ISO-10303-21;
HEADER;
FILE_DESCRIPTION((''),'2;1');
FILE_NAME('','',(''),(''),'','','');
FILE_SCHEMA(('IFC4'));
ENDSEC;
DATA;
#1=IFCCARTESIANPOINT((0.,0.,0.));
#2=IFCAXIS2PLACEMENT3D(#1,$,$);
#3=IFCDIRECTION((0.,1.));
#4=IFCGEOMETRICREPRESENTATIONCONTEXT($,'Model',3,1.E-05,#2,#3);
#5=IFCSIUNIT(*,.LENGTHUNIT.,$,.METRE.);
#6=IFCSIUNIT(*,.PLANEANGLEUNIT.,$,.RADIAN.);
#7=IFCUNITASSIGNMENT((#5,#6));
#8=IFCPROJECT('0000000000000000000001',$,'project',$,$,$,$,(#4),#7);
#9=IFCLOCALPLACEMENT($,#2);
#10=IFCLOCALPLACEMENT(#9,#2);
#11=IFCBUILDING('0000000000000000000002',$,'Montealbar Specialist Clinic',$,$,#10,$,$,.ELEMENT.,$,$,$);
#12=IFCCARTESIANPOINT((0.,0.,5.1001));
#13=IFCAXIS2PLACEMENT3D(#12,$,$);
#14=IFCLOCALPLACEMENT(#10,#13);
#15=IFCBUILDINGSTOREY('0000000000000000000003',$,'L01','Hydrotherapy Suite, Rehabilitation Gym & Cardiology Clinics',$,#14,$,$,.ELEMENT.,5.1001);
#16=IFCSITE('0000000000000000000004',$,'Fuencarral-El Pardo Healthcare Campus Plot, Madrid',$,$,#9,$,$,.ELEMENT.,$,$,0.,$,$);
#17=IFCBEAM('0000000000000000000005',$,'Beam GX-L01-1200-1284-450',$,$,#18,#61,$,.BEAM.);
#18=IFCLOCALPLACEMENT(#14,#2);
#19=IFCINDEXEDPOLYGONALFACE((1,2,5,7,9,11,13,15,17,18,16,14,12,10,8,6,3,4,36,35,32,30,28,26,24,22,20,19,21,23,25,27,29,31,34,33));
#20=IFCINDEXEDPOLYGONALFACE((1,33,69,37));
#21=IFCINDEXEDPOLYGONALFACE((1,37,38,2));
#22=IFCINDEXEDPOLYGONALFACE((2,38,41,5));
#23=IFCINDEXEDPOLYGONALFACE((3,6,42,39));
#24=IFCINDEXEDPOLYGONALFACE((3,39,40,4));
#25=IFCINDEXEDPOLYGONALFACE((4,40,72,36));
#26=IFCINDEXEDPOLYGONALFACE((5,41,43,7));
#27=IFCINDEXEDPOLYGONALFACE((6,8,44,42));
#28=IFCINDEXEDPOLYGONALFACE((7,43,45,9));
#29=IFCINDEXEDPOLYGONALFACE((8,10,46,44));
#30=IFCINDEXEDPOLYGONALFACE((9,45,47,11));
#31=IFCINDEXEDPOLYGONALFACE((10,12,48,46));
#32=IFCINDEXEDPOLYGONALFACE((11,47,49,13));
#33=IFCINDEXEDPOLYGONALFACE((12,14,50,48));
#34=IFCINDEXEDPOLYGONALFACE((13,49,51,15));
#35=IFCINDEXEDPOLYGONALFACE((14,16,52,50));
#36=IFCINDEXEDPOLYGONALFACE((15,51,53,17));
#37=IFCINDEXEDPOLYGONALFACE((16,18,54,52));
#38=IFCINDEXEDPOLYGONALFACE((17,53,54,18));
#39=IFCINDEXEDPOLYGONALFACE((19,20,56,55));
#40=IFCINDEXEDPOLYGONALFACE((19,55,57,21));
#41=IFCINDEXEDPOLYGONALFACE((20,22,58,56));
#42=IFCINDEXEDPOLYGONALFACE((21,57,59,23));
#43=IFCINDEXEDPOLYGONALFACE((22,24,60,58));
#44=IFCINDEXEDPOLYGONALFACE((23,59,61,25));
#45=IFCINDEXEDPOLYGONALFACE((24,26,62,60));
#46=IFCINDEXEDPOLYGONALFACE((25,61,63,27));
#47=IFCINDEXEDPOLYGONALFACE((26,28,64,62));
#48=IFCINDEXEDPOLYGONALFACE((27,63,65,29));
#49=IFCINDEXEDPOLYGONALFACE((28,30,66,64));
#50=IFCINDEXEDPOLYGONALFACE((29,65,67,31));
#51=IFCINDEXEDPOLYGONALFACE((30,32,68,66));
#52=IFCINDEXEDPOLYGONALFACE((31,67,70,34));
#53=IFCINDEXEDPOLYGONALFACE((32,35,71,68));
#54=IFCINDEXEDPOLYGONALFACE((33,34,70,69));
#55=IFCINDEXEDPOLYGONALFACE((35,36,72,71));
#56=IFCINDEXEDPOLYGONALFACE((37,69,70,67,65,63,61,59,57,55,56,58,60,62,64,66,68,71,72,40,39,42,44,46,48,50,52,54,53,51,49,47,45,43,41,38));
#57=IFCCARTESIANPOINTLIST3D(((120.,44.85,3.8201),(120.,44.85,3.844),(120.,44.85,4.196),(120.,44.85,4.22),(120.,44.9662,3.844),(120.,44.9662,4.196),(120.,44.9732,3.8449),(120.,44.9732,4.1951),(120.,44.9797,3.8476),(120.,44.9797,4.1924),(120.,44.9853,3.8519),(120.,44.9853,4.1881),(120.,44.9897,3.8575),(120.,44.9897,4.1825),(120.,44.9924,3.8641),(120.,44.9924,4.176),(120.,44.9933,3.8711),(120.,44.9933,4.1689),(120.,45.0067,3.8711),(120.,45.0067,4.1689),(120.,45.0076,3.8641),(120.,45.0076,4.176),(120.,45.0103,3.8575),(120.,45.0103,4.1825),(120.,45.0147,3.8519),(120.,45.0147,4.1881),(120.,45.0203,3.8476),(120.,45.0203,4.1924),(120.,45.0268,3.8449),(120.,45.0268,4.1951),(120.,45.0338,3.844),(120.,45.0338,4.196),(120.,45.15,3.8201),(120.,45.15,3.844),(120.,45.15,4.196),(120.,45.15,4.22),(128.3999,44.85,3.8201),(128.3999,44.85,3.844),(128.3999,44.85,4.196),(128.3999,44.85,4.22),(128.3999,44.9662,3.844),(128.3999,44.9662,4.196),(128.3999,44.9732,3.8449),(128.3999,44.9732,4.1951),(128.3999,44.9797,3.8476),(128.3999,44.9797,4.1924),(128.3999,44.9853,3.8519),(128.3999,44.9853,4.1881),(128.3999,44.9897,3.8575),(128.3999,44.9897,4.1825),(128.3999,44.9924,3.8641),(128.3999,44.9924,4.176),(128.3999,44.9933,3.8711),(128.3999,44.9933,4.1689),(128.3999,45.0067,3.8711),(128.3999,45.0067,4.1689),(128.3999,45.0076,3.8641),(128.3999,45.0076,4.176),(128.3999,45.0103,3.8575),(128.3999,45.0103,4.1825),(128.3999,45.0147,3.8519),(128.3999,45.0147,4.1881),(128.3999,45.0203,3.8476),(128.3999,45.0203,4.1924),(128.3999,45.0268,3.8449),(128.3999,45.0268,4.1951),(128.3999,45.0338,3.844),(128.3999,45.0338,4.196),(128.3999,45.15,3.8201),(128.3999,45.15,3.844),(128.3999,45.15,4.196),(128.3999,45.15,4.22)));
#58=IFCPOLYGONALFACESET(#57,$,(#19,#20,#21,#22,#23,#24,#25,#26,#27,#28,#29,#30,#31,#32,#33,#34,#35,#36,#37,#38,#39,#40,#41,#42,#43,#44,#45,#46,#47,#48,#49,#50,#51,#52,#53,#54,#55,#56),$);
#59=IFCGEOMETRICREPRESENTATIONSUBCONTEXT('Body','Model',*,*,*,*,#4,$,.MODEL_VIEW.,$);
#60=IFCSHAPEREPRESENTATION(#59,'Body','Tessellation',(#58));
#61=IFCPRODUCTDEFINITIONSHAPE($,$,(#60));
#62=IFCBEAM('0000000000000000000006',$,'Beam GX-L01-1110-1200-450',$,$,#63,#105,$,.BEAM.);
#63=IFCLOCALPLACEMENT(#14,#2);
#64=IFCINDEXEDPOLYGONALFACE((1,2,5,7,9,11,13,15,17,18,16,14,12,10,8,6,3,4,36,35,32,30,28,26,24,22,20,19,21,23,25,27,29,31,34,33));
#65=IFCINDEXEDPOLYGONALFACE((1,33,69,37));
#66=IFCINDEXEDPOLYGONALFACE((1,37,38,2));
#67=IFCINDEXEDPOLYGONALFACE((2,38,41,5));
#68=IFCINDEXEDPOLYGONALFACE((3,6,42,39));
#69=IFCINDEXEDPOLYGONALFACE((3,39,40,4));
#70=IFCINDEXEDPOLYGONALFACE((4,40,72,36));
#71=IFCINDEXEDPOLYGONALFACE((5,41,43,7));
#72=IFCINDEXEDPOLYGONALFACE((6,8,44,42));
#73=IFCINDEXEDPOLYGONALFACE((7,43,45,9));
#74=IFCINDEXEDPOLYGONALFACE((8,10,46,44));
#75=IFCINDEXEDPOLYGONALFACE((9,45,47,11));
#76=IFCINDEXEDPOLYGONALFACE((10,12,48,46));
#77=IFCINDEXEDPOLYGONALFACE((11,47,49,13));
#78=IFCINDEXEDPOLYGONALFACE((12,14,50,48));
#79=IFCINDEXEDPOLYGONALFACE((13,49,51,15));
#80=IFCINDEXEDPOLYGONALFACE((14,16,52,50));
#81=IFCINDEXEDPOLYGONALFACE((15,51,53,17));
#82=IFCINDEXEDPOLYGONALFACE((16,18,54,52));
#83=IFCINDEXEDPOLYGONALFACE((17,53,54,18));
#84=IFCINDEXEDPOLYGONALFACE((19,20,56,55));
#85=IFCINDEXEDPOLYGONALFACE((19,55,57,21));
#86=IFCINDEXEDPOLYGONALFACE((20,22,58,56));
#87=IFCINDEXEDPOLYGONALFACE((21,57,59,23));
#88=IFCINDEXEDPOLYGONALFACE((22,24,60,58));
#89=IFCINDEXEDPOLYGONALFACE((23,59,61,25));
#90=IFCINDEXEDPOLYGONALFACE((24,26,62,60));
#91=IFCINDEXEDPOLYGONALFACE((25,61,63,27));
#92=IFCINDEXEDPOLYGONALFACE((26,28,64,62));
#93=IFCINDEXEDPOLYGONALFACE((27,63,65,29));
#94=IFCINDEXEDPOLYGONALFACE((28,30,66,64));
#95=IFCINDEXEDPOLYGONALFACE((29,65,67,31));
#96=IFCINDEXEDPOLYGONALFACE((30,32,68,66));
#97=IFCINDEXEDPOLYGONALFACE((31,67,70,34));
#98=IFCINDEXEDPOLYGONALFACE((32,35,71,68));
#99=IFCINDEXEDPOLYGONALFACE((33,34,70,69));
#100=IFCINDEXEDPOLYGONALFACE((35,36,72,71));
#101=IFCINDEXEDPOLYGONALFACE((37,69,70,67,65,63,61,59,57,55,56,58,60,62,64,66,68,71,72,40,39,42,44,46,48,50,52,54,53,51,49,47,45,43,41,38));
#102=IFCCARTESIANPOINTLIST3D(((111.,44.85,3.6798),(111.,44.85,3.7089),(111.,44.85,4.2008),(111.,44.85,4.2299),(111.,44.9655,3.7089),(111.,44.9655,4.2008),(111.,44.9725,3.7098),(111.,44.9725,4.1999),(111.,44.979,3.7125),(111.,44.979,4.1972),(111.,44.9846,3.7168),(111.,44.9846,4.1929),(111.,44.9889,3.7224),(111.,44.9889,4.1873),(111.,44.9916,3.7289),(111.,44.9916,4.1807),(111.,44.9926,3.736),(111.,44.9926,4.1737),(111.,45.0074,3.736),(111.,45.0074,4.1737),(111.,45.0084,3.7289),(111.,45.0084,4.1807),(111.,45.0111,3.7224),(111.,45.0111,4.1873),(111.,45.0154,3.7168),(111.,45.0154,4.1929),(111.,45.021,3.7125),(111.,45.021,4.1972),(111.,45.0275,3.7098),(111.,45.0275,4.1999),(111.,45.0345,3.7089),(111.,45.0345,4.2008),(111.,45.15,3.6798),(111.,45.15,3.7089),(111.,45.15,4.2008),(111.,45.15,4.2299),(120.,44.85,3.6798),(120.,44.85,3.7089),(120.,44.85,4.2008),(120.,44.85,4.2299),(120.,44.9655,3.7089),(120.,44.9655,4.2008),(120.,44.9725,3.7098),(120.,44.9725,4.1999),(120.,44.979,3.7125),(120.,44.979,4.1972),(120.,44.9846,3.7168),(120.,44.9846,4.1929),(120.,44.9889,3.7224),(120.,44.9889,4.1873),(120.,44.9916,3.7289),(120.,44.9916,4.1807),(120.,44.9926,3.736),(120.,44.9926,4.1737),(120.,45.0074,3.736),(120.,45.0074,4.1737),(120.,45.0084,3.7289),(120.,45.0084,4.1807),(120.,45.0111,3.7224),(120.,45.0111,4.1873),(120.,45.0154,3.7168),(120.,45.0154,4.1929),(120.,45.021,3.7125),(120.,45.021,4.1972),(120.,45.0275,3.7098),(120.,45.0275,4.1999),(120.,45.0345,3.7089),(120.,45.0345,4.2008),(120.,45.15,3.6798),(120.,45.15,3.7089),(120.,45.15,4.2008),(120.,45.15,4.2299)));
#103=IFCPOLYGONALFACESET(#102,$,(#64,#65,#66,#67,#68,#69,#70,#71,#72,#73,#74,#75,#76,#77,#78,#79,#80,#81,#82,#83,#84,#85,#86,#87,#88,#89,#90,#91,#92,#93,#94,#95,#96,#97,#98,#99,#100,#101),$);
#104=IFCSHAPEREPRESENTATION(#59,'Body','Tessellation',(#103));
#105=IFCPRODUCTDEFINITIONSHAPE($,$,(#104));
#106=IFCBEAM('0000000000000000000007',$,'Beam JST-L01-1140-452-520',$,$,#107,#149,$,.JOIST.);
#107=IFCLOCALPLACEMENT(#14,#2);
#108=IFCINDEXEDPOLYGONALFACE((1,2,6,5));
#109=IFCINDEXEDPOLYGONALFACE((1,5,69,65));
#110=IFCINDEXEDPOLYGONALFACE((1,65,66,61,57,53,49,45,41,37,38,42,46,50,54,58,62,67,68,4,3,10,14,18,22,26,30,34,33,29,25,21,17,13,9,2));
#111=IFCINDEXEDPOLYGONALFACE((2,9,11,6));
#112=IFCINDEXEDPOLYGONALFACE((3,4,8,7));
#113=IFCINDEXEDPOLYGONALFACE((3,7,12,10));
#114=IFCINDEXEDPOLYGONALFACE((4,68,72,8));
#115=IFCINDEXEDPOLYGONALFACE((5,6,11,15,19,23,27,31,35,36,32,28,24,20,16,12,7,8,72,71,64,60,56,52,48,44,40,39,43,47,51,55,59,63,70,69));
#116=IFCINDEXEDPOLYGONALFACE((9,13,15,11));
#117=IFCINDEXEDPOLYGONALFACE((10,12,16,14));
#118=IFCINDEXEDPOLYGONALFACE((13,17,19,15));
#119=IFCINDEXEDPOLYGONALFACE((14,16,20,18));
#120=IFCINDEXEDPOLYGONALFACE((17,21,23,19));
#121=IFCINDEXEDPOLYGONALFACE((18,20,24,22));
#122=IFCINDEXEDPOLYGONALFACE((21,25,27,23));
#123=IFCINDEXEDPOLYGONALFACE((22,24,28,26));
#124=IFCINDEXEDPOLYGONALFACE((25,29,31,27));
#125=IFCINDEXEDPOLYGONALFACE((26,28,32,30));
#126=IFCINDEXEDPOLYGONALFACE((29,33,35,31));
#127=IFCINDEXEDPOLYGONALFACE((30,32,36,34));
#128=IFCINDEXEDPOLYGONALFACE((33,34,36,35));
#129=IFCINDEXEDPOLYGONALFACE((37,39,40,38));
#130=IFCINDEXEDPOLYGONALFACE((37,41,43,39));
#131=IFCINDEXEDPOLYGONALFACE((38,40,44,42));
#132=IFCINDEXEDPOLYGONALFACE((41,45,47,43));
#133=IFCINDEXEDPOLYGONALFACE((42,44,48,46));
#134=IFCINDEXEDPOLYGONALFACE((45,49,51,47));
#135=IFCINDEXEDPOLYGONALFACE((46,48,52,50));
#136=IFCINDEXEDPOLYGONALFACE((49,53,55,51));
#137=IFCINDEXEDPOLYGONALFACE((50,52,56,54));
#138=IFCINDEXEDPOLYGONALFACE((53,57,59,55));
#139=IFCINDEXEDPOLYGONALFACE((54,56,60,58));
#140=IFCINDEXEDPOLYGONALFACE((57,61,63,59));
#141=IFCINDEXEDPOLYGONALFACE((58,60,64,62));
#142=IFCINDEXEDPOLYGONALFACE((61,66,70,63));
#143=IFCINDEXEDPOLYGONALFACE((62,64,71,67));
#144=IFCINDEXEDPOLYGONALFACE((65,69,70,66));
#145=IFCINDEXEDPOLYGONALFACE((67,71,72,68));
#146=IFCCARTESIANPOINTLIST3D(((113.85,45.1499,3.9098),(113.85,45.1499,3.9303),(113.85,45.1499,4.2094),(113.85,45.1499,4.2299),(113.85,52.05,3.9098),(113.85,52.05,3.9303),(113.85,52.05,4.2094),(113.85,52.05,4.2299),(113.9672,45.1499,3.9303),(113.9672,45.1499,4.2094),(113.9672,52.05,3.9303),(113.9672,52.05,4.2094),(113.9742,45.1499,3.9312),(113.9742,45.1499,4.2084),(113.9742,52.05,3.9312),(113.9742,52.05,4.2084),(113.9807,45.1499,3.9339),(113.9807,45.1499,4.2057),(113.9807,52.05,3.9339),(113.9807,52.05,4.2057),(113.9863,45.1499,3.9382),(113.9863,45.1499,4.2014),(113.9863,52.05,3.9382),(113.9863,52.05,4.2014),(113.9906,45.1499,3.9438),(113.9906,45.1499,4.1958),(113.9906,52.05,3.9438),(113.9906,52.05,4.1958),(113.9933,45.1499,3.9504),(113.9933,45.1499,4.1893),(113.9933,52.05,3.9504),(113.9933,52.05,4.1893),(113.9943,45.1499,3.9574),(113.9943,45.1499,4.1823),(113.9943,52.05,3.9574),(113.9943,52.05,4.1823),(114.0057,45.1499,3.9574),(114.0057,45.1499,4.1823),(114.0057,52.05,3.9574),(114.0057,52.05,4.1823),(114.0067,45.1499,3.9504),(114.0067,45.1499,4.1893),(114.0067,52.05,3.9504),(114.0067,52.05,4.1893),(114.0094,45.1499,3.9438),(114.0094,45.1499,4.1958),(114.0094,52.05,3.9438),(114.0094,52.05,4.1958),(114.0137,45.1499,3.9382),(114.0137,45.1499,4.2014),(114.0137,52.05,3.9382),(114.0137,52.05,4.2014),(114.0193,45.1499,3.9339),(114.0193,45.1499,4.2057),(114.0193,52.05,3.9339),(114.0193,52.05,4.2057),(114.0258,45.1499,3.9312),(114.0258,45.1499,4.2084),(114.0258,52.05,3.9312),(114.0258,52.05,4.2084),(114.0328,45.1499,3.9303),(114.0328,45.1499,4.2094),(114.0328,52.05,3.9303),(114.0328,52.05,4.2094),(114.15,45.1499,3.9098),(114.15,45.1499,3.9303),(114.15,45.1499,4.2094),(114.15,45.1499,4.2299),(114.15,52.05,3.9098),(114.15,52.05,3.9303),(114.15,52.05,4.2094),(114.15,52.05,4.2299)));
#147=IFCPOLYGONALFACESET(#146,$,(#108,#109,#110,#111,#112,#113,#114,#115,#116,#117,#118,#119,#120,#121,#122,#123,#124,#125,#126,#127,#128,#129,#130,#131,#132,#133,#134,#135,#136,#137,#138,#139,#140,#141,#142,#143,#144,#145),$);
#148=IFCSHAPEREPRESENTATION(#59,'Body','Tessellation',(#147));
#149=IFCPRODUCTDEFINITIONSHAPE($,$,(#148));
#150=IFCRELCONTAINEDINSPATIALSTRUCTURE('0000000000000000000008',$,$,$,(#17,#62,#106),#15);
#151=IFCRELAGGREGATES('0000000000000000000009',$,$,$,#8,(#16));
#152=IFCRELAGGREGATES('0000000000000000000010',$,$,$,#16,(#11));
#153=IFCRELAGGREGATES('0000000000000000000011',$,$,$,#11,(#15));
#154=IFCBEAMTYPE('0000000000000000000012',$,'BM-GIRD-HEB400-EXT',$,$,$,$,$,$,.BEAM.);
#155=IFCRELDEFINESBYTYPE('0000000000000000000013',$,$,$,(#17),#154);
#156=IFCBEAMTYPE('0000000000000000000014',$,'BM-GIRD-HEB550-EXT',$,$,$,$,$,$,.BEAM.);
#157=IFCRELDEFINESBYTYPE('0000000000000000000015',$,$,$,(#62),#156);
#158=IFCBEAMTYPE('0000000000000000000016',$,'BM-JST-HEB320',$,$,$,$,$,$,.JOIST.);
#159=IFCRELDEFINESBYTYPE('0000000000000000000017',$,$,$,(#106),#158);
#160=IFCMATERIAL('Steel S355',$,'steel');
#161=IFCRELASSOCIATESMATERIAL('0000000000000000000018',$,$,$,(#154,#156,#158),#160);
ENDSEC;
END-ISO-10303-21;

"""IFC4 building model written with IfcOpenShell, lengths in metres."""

from ifc_helpers import new_model, si_unit, direction, frame, origin, origin_2d, place, context, subcontext, project, spatial, i_section, extrude, material, material_profile, profile_set, type_object, element, save


model = new_model("IFC4")

# Units and contexts
model_context = context("Model", 3, precision=1e-05, world=origin(), true_north=direction((0.0, 1.0)))
body_context = subcontext(model_context, "Body", "Model", "MODEL_VIEW")
ifc_project = project(units=[si_unit("LENGTHUNIT", "METRE"), si_unit("PLANEANGLEUNIT", "RADIAN")], contexts=[model_context])

# Site, building, storey
site_placement = place(None, origin())
site = spatial("IfcSite", under=ifc_project, at=site_placement, Name="Fuencarral-El Pardo Healthcare Campus Plot, Madrid", CompositionType="ELEMENT", RefElevation=0.0)
building_placement = place(site_placement, origin())
building = spatial("IfcBuilding", under=site, at=building_placement, Name="Montealbar Specialist Clinic", CompositionType="ELEMENT")
storey_placement = place(building_placement, frame((0.0, 0.0, 5.1001)))
storey = spatial("IfcBuildingStorey", under=building, at=storey_placement, Name="L01", Description="Hydrotherapy Suite, Rehabilitation Gym & Cardiology Clinics", CompositionType="ELEMENT", Elevation=5.1001)

# Shared definitions
ifc_material_1 = material(Name="Steel S355", Category="steel")

# Beams
ifc_material_profile_1 = material_profile(ifc_material_1, i_section(OverallWidth=0.3, OverallDepth=0.3999, WebThickness=0.0134, FlangeThickness=0.0239, FilletRadius=0.0271, at=origin_2d()), Name="HEB 400", Category="steel")
ifc_profile_set_1 = profile_set([ifc_material_profile_1], Name="Steel S355")
beam_type_1 = type_object("IfcBeamType", Name="BM-GIRD-HEB400-EXT", PredefinedType="BEAM", material=ifc_profile_set_1)
beam_1_placement = place(storey_placement, frame((120.0, 45.0, 4.02), z_axis=(1.0, 0.0, 0.0), x_axis=(0.0, 1.0, 0.0)))
element("IfcBeam", 1, at=beam_1_placement, inside=storey, type_object=beam_type_1, Name="Beam GX-L01-1200-1284-450", PredefinedType="BEAM", context=body_context, shape_type="SweptSolid", body=[
    extrude(i_section(OverallWidth=0.3, OverallDepth=0.3999, WebThickness=0.0134, FlangeThickness=0.0239, FilletRadius=0.0271, at=origin_2d()), origin(), (0.0, 0.0, 1.0), 8.3999),
])
ifc_material_profile_2 = material_profile(ifc_material_1, i_section(OverallWidth=0.3, OverallDepth=0.55, WebThickness=0.0149, FlangeThickness=0.0291, FilletRadius=0.0271, at=origin_2d()), Name="HEB 550", Category="steel")
ifc_profile_set_2 = profile_set([ifc_material_profile_2], Name="Steel S355")
beam_type_2 = type_object("IfcBeamType", Name="BM-GIRD-HEB550-EXT", PredefinedType="BEAM", material=ifc_profile_set_2)
beam_2_placement = place(storey_placement, frame((111.0, 45.0, 3.9548), z_axis=(1.0, 0.0, 0.0), x_axis=(0.0, 1.0, 0.0)))
element("IfcBeam", 2, at=beam_2_placement, inside=storey, type_object=beam_type_2, Name="Beam GX-L01-1110-1200-450", PredefinedType="BEAM", context=body_context, shape_type="SweptSolid", body=[
    extrude(i_section(OverallWidth=0.3, OverallDepth=0.55, WebThickness=0.0149, FlangeThickness=0.0291, FilletRadius=0.0271, at=origin_2d()), origin(), (0.0, 0.0, 1.0), 9.0),
])
ifc_material_profile_3 = material_profile(ifc_material_1, i_section(OverallWidth=0.3, OverallDepth=0.3201, WebThickness=0.0115, FlangeThickness=0.0205, FilletRadius=0.0271, at=origin_2d()), Name="HEB 320", Category="steel")
ifc_profile_set_3 = profile_set([ifc_material_profile_3], Name="Steel S355")
beam_type_3 = type_object("IfcBeamType", Name="BM-JST-HEB320", PredefinedType="JOIST", material=ifc_profile_set_3)
beam_3_placement = place(storey_placement, frame((114.0, 45.1499, 4.0698), z_axis=(0.0, 1.0, 0.0), x_axis=(-1.0, 0.0, 0.0)))
element("IfcBeam", 3, at=beam_3_placement, inside=storey, type_object=beam_type_3, Name="Beam JST-L01-1140-452-520", PredefinedType="JOIST", context=body_context, shape_type="SweptSolid", body=[
    extrude(i_section(OverallWidth=0.3, OverallDepth=0.3201, WebThickness=0.0115, FlangeThickness=0.0205, FilletRadius=0.0271, at=origin_2d()), origin(), (0.0, 0.0, 1.0), 6.9001),
])

save(model, "model.ifc")
